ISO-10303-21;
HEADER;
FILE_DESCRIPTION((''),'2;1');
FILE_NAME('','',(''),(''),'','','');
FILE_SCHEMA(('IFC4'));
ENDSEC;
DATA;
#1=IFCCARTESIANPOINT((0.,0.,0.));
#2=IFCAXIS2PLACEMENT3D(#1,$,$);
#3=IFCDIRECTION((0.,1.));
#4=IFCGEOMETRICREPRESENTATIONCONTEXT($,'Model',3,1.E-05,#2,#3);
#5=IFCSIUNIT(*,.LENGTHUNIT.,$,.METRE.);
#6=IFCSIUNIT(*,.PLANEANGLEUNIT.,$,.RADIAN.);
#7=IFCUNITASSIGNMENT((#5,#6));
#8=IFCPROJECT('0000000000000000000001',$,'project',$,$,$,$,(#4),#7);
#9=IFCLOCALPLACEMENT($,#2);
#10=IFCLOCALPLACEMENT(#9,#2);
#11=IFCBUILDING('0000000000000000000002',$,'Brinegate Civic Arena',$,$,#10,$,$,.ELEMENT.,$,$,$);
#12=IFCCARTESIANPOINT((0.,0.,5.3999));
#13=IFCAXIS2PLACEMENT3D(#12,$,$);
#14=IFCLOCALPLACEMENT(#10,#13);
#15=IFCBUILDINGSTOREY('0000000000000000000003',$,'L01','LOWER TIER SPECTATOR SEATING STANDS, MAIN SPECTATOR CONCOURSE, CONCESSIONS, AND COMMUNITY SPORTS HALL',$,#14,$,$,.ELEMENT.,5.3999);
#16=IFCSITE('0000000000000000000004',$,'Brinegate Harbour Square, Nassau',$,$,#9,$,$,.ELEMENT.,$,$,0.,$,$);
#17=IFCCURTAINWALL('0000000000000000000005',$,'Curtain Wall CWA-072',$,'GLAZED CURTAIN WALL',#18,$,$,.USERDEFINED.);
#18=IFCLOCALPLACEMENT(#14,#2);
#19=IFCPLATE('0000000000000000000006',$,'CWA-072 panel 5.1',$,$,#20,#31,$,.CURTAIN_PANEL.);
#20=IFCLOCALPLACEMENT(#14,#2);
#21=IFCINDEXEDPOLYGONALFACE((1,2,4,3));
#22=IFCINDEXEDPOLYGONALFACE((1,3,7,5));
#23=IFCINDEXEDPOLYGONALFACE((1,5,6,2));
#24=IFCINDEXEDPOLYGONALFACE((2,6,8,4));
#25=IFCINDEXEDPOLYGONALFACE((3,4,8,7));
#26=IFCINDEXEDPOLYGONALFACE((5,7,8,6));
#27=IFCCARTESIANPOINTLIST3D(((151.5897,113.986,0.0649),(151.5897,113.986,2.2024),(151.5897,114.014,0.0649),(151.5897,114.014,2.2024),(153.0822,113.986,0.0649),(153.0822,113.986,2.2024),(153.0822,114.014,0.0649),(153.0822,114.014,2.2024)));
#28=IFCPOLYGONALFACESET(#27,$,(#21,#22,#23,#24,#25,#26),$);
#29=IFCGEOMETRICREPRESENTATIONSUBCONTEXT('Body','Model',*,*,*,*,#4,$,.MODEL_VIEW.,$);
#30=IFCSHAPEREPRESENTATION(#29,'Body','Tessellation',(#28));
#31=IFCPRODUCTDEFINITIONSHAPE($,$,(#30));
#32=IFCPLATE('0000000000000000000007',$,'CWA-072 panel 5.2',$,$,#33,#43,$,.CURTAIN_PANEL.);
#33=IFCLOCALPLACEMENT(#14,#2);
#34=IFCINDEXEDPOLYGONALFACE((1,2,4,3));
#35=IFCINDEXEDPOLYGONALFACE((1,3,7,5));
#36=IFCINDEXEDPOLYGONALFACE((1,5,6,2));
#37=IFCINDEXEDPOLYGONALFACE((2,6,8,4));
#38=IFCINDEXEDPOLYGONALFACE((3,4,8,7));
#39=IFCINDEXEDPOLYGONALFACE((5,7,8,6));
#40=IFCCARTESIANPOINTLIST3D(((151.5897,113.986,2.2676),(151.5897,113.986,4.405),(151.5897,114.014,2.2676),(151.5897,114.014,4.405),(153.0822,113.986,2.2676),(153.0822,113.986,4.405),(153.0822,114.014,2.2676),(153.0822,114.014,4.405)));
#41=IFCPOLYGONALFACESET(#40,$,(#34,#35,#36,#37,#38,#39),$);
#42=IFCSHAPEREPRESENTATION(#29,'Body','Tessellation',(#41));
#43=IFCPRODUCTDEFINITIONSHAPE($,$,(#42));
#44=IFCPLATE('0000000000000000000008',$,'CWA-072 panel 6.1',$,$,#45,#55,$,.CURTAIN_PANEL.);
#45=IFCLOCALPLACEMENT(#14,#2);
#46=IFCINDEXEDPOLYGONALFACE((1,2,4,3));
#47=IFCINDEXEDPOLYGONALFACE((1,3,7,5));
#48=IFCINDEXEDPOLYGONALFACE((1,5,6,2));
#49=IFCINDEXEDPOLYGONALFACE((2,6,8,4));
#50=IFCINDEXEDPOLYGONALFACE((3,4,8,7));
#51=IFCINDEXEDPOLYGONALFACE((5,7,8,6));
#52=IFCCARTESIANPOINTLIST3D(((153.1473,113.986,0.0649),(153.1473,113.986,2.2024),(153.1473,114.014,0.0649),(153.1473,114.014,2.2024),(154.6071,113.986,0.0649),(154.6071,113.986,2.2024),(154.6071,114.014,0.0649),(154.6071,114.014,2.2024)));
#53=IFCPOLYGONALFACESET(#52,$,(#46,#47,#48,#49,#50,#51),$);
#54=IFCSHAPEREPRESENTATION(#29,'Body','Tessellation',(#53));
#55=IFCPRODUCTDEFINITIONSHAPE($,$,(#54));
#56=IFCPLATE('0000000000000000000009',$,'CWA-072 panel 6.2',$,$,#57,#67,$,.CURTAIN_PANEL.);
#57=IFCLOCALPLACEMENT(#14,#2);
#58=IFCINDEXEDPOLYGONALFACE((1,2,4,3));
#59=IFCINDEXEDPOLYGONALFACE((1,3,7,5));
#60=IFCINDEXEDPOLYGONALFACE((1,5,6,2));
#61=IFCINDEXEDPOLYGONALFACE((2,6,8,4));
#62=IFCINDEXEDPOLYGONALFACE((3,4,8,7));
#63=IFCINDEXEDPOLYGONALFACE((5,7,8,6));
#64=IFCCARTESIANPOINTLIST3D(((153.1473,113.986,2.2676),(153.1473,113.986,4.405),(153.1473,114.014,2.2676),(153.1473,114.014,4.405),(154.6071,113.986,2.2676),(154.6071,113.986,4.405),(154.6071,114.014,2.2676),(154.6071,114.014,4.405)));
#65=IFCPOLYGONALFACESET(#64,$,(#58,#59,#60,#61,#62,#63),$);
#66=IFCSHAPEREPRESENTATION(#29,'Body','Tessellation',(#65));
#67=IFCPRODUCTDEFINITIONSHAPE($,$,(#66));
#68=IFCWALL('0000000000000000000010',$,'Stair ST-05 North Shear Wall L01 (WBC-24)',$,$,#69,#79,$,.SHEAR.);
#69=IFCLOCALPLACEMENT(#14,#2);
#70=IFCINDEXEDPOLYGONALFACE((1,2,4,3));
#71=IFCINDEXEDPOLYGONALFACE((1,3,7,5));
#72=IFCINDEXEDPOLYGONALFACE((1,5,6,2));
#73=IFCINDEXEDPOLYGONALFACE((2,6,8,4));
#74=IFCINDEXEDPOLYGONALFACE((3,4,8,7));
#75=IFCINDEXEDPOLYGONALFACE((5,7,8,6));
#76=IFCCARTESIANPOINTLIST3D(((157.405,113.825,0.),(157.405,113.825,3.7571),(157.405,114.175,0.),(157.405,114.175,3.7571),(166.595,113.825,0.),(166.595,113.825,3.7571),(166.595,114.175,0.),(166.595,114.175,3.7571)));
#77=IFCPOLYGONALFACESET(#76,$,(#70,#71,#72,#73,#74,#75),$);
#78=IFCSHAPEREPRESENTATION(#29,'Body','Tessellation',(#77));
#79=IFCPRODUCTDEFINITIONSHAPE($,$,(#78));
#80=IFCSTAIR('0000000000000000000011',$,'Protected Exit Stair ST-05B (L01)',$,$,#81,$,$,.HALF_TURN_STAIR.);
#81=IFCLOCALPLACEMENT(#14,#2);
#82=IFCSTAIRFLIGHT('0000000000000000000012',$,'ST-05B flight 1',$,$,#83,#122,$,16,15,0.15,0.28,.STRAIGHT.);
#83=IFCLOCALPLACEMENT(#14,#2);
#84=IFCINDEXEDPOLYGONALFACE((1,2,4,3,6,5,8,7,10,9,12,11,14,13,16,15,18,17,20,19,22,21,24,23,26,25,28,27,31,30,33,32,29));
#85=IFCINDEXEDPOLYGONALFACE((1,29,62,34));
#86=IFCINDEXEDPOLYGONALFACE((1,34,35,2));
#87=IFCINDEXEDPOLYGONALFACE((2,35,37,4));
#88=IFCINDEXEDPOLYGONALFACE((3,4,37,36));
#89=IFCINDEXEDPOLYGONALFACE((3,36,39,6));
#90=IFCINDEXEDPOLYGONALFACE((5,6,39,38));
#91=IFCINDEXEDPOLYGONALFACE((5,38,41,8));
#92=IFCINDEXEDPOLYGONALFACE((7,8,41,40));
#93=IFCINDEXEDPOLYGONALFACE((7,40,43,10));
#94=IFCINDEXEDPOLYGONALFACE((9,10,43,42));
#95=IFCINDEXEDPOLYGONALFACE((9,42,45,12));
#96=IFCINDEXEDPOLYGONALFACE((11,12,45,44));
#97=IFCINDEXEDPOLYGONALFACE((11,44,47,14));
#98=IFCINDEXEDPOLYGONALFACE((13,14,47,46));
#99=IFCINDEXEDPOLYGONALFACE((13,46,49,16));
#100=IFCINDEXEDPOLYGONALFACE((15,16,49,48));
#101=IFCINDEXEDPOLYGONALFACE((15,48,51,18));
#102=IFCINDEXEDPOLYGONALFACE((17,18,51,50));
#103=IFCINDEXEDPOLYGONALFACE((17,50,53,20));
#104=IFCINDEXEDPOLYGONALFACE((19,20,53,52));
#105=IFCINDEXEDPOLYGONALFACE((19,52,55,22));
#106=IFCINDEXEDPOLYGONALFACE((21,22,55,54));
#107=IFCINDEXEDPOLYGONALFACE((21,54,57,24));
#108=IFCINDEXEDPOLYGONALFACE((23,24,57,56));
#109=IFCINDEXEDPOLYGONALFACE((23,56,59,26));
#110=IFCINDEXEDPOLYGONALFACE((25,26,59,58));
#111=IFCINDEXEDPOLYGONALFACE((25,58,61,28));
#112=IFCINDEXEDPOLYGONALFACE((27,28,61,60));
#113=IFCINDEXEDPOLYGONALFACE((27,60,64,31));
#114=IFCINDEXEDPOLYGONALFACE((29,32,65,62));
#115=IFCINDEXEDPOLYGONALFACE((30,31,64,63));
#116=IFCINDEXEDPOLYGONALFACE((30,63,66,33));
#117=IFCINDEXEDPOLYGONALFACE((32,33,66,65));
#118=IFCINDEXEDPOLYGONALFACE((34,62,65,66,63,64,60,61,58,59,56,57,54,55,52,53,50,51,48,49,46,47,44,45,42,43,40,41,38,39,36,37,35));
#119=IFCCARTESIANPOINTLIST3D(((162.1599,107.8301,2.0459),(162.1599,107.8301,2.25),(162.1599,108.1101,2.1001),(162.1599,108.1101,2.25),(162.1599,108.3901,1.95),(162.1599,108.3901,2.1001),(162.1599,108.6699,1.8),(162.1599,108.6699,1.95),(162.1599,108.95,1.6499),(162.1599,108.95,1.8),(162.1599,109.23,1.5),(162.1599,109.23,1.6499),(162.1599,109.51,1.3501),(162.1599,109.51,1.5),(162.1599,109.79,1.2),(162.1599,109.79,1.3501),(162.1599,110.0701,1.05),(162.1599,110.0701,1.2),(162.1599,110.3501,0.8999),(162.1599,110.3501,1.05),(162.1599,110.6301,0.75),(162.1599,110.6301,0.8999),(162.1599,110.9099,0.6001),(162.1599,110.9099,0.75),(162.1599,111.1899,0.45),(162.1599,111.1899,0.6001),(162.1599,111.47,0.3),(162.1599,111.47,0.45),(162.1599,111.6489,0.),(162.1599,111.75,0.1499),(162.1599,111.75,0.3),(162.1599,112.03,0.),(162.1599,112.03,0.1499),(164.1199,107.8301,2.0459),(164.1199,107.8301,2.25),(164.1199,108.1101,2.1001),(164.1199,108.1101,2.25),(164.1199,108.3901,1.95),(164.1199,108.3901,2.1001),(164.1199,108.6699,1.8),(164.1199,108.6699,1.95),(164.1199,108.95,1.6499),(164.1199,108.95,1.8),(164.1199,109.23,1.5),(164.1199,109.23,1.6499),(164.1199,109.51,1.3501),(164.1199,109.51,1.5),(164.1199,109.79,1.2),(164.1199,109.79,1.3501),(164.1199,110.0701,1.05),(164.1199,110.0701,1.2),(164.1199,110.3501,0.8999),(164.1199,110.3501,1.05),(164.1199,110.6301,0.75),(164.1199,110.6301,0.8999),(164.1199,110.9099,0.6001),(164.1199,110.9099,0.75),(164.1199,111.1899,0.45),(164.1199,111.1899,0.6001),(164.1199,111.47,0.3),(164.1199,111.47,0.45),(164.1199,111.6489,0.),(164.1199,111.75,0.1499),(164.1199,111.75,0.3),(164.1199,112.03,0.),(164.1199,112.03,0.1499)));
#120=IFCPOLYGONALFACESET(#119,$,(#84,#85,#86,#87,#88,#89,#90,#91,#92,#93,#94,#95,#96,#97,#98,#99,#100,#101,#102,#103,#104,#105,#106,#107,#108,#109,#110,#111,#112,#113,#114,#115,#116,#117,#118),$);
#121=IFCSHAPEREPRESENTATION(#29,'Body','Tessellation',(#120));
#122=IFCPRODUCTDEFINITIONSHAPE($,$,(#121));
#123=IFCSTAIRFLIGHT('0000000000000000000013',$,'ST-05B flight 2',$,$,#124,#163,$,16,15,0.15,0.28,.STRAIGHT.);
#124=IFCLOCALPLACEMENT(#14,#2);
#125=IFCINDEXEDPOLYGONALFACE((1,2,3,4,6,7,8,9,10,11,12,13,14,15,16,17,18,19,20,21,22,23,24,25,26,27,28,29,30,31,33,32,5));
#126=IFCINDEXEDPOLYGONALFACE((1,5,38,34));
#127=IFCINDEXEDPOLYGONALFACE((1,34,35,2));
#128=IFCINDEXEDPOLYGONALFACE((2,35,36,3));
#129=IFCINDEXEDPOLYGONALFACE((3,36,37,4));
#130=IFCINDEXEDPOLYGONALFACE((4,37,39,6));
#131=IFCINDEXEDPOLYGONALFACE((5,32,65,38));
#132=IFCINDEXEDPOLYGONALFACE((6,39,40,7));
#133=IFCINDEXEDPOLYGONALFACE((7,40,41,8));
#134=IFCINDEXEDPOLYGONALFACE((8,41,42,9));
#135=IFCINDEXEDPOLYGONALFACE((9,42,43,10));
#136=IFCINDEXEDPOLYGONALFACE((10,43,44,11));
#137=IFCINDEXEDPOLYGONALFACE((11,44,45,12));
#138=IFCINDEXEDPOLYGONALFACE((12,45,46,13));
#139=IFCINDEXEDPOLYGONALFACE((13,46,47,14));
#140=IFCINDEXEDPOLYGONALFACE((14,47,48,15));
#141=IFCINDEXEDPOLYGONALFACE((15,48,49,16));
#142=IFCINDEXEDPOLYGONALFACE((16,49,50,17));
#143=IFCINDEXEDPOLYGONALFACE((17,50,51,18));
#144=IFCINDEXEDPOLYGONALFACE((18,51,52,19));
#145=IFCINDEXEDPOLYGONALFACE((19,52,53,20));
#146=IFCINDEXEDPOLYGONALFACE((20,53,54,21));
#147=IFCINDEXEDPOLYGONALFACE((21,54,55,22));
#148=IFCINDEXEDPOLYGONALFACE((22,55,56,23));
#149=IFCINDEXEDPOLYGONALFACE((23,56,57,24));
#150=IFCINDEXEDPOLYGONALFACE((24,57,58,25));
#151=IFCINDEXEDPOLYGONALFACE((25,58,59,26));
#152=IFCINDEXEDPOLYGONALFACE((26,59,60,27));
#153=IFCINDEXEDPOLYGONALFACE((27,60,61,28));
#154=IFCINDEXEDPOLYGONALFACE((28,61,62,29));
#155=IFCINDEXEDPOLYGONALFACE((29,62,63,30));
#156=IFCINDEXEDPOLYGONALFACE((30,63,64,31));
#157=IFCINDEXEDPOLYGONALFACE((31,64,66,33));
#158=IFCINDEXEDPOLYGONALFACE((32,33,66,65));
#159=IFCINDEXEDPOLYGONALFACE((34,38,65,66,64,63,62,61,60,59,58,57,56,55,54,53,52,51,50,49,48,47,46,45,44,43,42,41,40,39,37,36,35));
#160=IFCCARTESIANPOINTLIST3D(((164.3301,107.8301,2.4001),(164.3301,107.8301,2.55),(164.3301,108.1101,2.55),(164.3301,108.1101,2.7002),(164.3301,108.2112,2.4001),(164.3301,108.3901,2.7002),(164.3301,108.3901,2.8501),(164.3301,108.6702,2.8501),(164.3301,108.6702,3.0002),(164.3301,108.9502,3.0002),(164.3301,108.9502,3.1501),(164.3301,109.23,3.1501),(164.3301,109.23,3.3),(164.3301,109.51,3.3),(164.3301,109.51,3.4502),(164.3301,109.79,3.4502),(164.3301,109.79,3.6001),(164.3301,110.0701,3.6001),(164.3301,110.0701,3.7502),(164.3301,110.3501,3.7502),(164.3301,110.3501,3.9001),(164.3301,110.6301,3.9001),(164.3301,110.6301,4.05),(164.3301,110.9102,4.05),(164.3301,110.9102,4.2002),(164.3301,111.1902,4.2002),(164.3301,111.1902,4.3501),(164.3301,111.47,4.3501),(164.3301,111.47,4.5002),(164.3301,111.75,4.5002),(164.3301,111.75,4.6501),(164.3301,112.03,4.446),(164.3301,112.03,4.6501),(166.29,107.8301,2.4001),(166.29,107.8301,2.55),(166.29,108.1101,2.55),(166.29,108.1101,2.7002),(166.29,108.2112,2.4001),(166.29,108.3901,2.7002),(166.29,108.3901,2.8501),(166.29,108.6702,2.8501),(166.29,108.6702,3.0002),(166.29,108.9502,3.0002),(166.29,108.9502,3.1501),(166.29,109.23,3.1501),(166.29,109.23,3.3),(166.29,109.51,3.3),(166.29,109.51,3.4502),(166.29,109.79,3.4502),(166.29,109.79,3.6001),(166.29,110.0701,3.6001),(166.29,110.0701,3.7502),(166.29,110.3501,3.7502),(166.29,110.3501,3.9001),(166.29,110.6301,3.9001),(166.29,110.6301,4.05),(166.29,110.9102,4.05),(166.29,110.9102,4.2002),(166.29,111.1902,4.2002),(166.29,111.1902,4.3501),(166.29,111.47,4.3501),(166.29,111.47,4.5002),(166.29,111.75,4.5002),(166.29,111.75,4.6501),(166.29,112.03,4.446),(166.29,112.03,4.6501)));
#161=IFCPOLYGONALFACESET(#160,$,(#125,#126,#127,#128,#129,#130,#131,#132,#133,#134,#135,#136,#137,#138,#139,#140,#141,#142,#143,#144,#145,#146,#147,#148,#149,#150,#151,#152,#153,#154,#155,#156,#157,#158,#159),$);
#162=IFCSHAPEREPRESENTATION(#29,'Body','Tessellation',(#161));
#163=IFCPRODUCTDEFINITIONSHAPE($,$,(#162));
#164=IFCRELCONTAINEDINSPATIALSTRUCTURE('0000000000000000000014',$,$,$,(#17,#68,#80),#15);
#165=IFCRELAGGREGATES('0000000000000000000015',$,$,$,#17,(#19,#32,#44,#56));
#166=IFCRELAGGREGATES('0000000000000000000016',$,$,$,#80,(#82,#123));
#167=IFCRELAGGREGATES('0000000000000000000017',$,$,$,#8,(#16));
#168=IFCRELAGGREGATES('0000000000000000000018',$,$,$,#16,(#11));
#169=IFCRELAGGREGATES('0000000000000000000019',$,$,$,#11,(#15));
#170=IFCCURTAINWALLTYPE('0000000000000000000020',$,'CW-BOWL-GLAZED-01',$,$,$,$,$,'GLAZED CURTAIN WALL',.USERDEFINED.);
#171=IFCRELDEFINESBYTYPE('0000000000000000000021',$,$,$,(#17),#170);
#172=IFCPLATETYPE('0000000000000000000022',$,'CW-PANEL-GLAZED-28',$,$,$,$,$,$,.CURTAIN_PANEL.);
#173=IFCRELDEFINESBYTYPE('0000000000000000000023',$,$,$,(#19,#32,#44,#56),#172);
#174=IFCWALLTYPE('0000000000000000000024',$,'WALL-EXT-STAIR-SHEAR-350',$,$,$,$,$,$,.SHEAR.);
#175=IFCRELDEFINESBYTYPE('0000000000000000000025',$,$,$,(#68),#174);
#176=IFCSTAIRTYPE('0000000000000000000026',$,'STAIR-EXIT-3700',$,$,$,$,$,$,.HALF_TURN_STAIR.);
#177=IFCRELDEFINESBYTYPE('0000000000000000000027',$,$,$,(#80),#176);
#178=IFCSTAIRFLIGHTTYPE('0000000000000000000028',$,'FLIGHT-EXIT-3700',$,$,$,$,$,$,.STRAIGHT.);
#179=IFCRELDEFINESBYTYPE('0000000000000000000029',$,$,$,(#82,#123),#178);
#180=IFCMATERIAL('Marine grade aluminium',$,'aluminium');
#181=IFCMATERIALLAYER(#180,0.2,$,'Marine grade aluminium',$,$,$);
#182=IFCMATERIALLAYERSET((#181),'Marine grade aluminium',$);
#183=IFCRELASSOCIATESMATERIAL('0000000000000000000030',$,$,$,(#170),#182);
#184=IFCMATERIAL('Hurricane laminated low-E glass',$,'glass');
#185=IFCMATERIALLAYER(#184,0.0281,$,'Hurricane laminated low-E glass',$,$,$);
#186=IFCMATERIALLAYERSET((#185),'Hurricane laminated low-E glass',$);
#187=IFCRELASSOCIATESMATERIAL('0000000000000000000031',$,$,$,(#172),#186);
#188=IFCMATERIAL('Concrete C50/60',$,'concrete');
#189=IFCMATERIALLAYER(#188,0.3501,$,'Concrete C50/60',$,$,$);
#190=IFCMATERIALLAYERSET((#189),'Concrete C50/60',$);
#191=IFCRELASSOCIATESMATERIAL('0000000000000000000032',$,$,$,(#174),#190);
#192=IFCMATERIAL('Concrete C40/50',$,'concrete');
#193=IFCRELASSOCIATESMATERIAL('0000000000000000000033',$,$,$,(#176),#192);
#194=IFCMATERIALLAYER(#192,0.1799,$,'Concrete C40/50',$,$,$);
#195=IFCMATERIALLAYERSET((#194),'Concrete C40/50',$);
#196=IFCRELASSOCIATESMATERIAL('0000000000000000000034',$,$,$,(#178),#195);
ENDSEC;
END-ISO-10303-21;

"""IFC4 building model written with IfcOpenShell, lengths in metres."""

from ifc_helpers import new_model, si_unit, direction, frame, frame_2d, origin, origin_2d, place, context, subcontext, project, spatial, polyline, rectangle, outline, extrude, material, layer, layer_set, type_object, element, aggregate, save


model = new_model("IFC4")

# Units and contexts
model_context = context("Model", 3, precision=1e-05, world=origin(), true_north=direction((0.0, 1.0)))
body_context = subcontext(model_context, "Body", "Model", "MODEL_VIEW")
ifc_project = project(units=[si_unit("LENGTHUNIT", "METRE"), si_unit("PLANEANGLEUNIT", "RADIAN")], contexts=[model_context])

# Site, building, storey
site_placement = place(None, origin())
site = spatial("IfcSite", under=ifc_project, at=site_placement, Name="Brinegate Harbour Square, Nassau", CompositionType="ELEMENT", RefElevation=0.0)
building_placement = place(site_placement, origin())
building = spatial("IfcBuilding", under=site, at=building_placement, Name="Brinegate Civic Arena", CompositionType="ELEMENT")
storey_placement = place(building_placement, frame((0.0, 0.0, 5.3999)))
storey = spatial("IfcBuildingStorey", under=building, at=storey_placement, Name="L01", Description="LOWER TIER SPECTATOR SEATING STANDS, MAIN SPECTATOR CONCOURSE, CONCESSIONS, AND COMMUNITY SPORTS HALL", CompositionType="ELEMENT", Elevation=5.3999)

# Shared definitions
ifc_material_1 = material(Name="Concrete C50/60", Category="concrete")

# Curtain wall
ifc_material_2 = material(Name="Marine grade aluminium", Category="aluminium")
ifc_layer_1 = layer(ifc_material_2, 0.2, Name="Marine grade aluminium")
ifc_layer_set_1 = layer_set([ifc_layer_1], Name="Marine grade aluminium")
curtain_wall_type = type_object("IfcCurtainWallType", Name="CW-BOWL-GLAZED-01", ElementType="GLAZED CURTAIN WALL", PredefinedType="USERDEFINED", material=ifc_layer_set_1)
curtain_wall_placement = place(storey_placement, origin())
curtain_wall = element("IfcCurtainWall", 1, at=curtain_wall_placement, inside=storey, type_object=curtain_wall_type, Name="Curtain Wall CWA-072", ObjectType="GLAZED CURTAIN WALL", PredefinedType="USERDEFINED")

# Plates
ifc_material_3 = material(Name="Hurricane laminated low-E glass", Category="glass")
ifc_layer_2 = layer(ifc_material_3, 0.0281, Name="Hurricane laminated low-E glass")
ifc_layer_set_2 = layer_set([ifc_layer_2], Name="Hurricane laminated low-E glass")
plate_type = type_object("IfcPlateType", Name="CW-PANEL-GLAZED-28", PredefinedType="CURTAIN_PANEL", material=ifc_layer_set_2)
plate_1_placement = place(storey_placement, frame((152.3359, 114.0, 0.0649), z_axis=(0.0, 0.0, 1.0), x_axis=(1.0, 0.0, 0.0)))
plate_1 = element("IfcPlate", 2, at=plate_1_placement, type_object=plate_type, Name="CWA-072 panel 5.1", PredefinedType="CURTAIN_PANEL", context=body_context, shape_type="SweptSolid", body=[
    extrude(rectangle(XDim=1.4924, YDim=0.0281, at=origin_2d()), origin(), (0.0, 0.0, 1.0), 2.1375),
])
plate_2_placement = place(storey_placement, frame((152.3359, 114.0, 2.2676), z_axis=(0.0, 0.0, 1.0), x_axis=(1.0, 0.0, 0.0)))
plate_2 = element("IfcPlate", 3, at=plate_2_placement, type_object=plate_type, Name="CWA-072 panel 5.2", PredefinedType="CURTAIN_PANEL", context=body_context, shape_type="SweptSolid", body=[
    extrude(rectangle(XDim=1.4924, YDim=0.0281, at=origin_2d()), origin(), (0.0, 0.0, 1.0), 2.1375),
])
plate_3_placement = place(storey_placement, frame((153.8772, 114.0, 0.0649), z_axis=(0.0, 0.0, 1.0), x_axis=(1.0, 0.0, 0.0)))
plate_3 = element("IfcPlate", 4, at=plate_3_placement, type_object=plate_type, Name="CWA-072 panel 6.1", PredefinedType="CURTAIN_PANEL", context=body_context, shape_type="SweptSolid", body=[
    extrude(rectangle(XDim=1.4597, YDim=0.0281, at=origin_2d()), origin(), (0.0, 0.0, 1.0), 2.1375),
])
plate_4_placement = place(storey_placement, frame((153.8772, 114.0, 2.2676), z_axis=(0.0, 0.0, 1.0), x_axis=(1.0, 0.0, 0.0)))
plate_4 = element("IfcPlate", 5, at=plate_4_placement, type_object=plate_type, Name="CWA-072 panel 6.2", PredefinedType="CURTAIN_PANEL", context=body_context, shape_type="SweptSolid", body=[
    extrude(rectangle(XDim=1.4597, YDim=0.0281, at=origin_2d()), origin(), (0.0, 0.0, 1.0), 2.1375),
])
aggregate(curtain_wall, [plate_1, plate_2, plate_3, plate_4])

# Wall
ifc_layer_3 = layer(ifc_material_1, 0.3501, Name="Concrete C50/60")
ifc_layer_set_3 = layer_set([ifc_layer_3], Name="Concrete C50/60")
wall_type = type_object("IfcWallType", Name="WALL-EXT-STAIR-SHEAR-350", PredefinedType="SHEAR", material=ifc_layer_set_3)
wall_placement = place(storey_placement, frame((157.405, 114.0, 0.0), z_axis=(0.0, 0.0, 1.0), x_axis=(1.0, 0.0, 0.0)))
element("IfcWall", 6, at=wall_placement, inside=storey, type_object=wall_type, Name="Stair ST-05 North Shear Wall L01 (WBC-24)", PredefinedType="SHEAR", context=body_context, shape_type="SweptSolid", body=[
    extrude(rectangle(XDim=9.1899, YDim=0.3501, at=frame_2d((4.595, 0.0))), origin(), (0.0, 0.0, 1.0), 3.7571),
])

# Stair, stair flights
ifc_material_4 = material(Name="Concrete C40/50", Category="concrete")
stair_type_1 = type_object("IfcStairType", Name="STAIR-EXIT-3700", PredefinedType="HALF_TURN_STAIR", material=ifc_material_4)
stair_1_placement = place(storey_placement, origin())
stair_1 = element("IfcStair", 7, at=stair_1_placement, inside=storey, type_object=stair_type_1, Name="Protected Exit Stair ST-05B (L01)", PredefinedType="HALF_TURN_STAIR")
ifc_layer_4 = layer(ifc_material_4, 0.1799, Name="Concrete C40/50")
ifc_layer_set_4 = layer_set([ifc_layer_4], Name="Concrete C40/50")
stair_flight_type_1 = type_object("IfcStairFlightType", Name="FLIGHT-EXIT-3700", PredefinedType="STRAIGHT", material=ifc_layer_set_4)
stair_flight_1_placement = place(storey_placement, frame((163.1399, 112.03, 0.0), z_axis=(0.0, 0.0, 1.0), x_axis=(0.0, -1.0, 0.0)))
stair_flight_1 = element("IfcStairFlight", 8, at=stair_flight_1_placement, type_object=stair_flight_type_1, Name="ST-05B flight 1", NumberOfRisers=16, NumberOfTreads=15, PredefinedType="STRAIGHT", RiserHeight=0.15, TreadLength=0.28, context=body_context, shape_type="SweptSolid", body=[
    extrude(outline(polyline([(0.0, 0.0), (0.0, 0.1499), (0.28, 0.1499), (0.28, 0.3), (0.5601, 0.3), (0.5601, 0.45), (0.8401, 0.45), (0.8401, 0.6001), (1.1201, 0.6001), (1.1201, 0.75), (1.3999, 0.75), (1.3999, 0.8999), (1.6799, 0.8999), (1.6799, 1.05), (1.96, 1.05), (1.96, 1.2), (2.24, 1.2), (2.24, 1.3501), (2.52, 1.3501), (2.52, 1.5), (2.8, 1.5), (2.8, 1.6499), (3.0801, 1.6499), (3.0801, 1.8), (3.3601, 1.8), (3.3601, 1.95), (3.6399, 1.95), (3.6399, 2.1001), (3.9199, 2.1001), (3.9199, 2.25), (4.2, 2.25), (4.2, 2.3999), (4.2, 2.0459), (0.3811, 0.0), (0.0, 0.0)])), frame((0.0, 0.98, 0.0), z_axis=(0.0, -1.0, 0.0), x_axis=(1.0, 0.0, 0.0)), (0.0, 0.0, 1.0), 1.96),
])
stair_flight_2_placement = place(storey_placement, frame((165.3101, 107.8301, 2.4001), z_axis=(0.0, 0.0, 1.0), x_axis=(0.0, 1.0, 0.0)))
stair_flight_2 = element("IfcStairFlight", 9, at=stair_flight_2_placement, type_object=stair_flight_type_1, Name="ST-05B flight 2", NumberOfRisers=16, NumberOfTreads=15, PredefinedType="STRAIGHT", RiserHeight=0.15, TreadLength=0.28, context=body_context, shape_type="SweptSolid", body=[
    extrude(outline(polyline([(0.0, 0.0), (0.0, 0.1499), (0.28, 0.1499), (0.28, 0.3), (0.5601, 0.3), (0.5601, 0.45), (0.8401, 0.45), (0.8401, 0.6001), (1.1201, 0.6001), (1.1201, 0.75), (1.3999, 0.75), (1.3999, 0.8999), (1.6799, 0.8999), (1.6799, 1.05), (1.96, 1.05), (1.96, 1.2), (2.24, 1.2), (2.24, 1.3501), (2.52, 1.3501), (2.52, 1.5), (2.8, 1.5), (2.8, 1.6499), (3.0801, 1.6499), (3.0801, 1.8), (3.3601, 1.8), (3.3601, 1.95), (3.6399, 1.95), (3.6399, 2.1001), (3.9199, 2.1001), (3.9199, 2.25), (4.2, 2.25), (4.2, 2.3999), (4.2, 2.0459), (0.3811, 0.0), (0.0, 0.0)])), frame((0.0, 0.98, 0.0), z_axis=(0.0, -1.0, 0.0), x_axis=(1.0, 0.0, 0.0)), (0.0, 0.0, 1.0), 1.96),
])
aggregate(stair_1, [stair_flight_1, stair_flight_2])

save(model, "model.ifc")
